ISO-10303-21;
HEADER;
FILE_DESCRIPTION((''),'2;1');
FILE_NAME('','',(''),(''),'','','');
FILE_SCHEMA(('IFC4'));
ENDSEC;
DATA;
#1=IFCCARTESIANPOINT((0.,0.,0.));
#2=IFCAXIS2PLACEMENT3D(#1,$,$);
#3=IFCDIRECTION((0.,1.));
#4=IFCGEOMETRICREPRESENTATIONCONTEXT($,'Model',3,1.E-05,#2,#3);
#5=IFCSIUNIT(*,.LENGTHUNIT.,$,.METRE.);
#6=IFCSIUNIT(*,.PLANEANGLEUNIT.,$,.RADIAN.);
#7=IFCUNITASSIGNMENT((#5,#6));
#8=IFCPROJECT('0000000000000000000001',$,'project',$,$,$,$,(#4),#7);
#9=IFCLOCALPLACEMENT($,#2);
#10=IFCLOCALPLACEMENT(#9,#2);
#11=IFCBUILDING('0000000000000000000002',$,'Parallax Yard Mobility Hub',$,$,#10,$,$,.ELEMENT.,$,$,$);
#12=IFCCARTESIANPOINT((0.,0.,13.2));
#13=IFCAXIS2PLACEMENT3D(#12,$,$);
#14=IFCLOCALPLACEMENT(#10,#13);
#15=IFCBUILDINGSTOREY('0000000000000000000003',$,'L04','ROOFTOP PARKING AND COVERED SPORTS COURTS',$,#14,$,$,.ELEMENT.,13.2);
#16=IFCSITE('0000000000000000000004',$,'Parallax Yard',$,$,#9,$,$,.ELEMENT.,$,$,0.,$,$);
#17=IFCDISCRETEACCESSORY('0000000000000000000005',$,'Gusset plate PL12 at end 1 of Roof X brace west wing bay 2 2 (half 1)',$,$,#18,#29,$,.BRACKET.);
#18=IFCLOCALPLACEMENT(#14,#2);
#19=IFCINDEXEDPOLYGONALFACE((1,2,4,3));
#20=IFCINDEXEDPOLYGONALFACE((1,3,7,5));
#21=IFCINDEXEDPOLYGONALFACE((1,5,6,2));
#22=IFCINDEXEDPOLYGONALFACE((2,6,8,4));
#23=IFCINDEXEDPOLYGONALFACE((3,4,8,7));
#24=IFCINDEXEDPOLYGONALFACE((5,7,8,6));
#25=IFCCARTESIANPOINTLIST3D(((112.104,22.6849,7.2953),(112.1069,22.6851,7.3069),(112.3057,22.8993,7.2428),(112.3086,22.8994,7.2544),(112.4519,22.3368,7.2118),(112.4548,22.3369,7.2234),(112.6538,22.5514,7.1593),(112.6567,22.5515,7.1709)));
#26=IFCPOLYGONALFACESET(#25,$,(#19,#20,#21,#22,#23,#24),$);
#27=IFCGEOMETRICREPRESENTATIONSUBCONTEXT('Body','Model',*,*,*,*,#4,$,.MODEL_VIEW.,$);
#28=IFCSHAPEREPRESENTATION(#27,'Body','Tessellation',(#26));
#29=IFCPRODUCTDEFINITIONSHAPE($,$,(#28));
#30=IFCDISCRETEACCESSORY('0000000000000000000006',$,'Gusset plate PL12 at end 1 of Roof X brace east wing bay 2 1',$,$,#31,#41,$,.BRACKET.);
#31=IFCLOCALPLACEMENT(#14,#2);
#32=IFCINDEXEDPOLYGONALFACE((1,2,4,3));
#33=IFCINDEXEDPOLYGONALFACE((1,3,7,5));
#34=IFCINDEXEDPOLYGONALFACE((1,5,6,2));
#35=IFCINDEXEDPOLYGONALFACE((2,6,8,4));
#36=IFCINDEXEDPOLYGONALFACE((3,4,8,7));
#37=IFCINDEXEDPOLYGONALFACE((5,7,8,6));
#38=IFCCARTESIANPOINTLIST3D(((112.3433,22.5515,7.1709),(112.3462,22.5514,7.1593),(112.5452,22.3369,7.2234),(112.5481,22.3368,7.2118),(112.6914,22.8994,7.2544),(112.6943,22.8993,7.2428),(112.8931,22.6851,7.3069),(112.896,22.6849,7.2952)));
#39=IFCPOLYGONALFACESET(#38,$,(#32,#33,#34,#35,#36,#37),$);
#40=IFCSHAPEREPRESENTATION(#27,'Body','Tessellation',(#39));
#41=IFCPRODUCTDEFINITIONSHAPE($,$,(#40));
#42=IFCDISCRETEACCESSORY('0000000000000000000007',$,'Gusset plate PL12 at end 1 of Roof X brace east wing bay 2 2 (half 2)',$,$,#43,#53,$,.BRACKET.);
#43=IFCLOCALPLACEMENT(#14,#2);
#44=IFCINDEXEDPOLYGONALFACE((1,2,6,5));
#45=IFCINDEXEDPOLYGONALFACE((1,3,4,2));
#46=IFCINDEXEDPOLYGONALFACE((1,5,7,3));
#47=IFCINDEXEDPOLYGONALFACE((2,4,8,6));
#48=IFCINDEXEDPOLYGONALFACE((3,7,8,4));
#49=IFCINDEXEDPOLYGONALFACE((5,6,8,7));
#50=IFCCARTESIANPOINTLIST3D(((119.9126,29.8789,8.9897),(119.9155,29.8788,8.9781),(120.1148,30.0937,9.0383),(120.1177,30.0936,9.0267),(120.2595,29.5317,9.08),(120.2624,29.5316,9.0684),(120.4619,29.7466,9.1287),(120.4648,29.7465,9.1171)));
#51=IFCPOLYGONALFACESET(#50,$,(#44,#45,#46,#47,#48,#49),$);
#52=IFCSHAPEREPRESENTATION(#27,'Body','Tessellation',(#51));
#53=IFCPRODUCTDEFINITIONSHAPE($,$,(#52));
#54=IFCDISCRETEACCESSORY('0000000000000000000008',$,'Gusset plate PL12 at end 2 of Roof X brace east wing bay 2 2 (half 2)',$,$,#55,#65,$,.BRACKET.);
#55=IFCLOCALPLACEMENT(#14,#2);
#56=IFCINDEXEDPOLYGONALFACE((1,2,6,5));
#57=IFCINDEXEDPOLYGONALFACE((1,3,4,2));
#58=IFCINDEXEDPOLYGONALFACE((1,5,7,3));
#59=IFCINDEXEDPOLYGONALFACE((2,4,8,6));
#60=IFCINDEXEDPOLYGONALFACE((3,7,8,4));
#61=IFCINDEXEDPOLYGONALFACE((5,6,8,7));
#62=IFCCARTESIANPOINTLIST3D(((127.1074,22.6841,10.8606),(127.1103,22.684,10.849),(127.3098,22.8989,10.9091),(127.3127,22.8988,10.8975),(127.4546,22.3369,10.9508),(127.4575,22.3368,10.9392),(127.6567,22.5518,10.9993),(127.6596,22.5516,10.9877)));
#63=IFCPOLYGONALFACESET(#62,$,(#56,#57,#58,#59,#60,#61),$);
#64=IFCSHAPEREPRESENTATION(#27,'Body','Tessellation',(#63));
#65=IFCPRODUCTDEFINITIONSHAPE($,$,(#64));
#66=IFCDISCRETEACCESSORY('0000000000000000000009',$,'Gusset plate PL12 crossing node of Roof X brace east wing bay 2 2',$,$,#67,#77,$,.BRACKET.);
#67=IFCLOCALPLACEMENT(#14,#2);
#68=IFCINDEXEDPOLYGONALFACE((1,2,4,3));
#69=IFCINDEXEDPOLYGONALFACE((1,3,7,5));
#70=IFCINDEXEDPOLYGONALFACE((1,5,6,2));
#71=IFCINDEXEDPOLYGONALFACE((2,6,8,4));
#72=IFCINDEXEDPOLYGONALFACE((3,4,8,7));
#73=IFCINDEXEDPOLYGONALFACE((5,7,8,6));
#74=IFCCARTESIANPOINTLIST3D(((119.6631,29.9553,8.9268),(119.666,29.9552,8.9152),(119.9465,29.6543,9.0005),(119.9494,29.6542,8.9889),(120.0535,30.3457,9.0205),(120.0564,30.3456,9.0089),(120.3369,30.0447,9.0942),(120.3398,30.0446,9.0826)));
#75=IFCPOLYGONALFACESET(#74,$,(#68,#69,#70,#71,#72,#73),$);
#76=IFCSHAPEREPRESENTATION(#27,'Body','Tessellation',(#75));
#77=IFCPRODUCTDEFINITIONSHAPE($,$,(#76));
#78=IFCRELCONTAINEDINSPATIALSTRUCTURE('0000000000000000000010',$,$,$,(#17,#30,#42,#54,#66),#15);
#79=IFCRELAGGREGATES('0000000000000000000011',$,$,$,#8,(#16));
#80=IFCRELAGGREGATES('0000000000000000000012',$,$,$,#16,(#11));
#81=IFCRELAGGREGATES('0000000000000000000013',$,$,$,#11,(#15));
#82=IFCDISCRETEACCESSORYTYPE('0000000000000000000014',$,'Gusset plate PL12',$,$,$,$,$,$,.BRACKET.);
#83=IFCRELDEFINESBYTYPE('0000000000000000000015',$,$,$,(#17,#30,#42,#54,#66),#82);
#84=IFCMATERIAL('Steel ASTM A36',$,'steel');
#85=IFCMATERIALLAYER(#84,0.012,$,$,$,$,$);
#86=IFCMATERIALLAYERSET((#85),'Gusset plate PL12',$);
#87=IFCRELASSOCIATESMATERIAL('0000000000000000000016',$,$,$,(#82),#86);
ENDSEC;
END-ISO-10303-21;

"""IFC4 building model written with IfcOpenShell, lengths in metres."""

from ifc_helpers import new_model, si_unit, direction, frame, origin, place, context, subcontext, project, spatial, polyline, outline, extrude, material, layer, layer_set, type_object, element, save


model = new_model("IFC4")

# Units and contexts
model_context = context("Model", 3, precision=1e-05, world=origin(), true_north=direction((0.0, 1.0)))
body_context = subcontext(model_context, "Body", "Model", "MODEL_VIEW")
ifc_project = project(units=[si_unit("LENGTHUNIT", "METRE"), si_unit("PLANEANGLEUNIT", "RADIAN")], contexts=[model_context])

# Site, building, storey
site_placement = place(None, origin())
site = spatial("IfcSite", under=ifc_project, at=site_placement, Name="Parallax Yard", CompositionType="ELEMENT", RefElevation=0.0)
building_placement = place(site_placement, origin())
building = spatial("IfcBuilding", under=site, at=building_placement, Name="Parallax Yard Mobility Hub", CompositionType="ELEMENT")
storey_placement = place(building_placement, frame((0.0, 0.0, 13.2)))
storey = spatial("IfcBuildingStorey", under=building, at=storey_placement, Name="L04", Description="ROOFTOP PARKING AND COVERED SPORTS COURTS", CompositionType="ELEMENT", Elevation=13.2)

# Discrete accessories
ifc_material_1 = material(Name="Steel ASTM A36", Category="steel")
ifc_layer_1 = layer(ifc_material_1, 0.012)
ifc_layer_set_1 = layer_set([ifc_layer_1], Name="Gusset plate PL12")
discrete_accessory_type = type_object("IfcDiscreteAccessoryType", Name="Gusset plate PL12", PredefinedType="BRACKET", material=ifc_layer_set_1)
discrete_accessory_1_placement = place(storey_placement, frame((112.1069, 22.6851, 7.3069), z_axis=(0.242265, 0.009508, 0.970163), x_axis=(0.696916, -0.69739, -0.167197)))
element("IfcDiscreteAccessory", 1, at=discrete_accessory_1_placement, inside=storey, type_object=discrete_accessory_type, Name="Gusset plate PL12 at end 1 of Roof X brace west wing bay 2 2 (half 1)", PredefinedType="BRACKET", context=body_context, shape_type="SweptSolid", body=[
    extrude(outline(polyline([(0.0, 0.0), (0.4992, 0.0), (0.499, 0.2993), (-0.0002, 0.2989), (0.0, 0.0)])), origin(), (0.0, 0.0, -1.0), 0.012),
])
discrete_accessory_2_placement = place(storey_placement, frame((112.6914, 22.8994, 7.2544), z_axis=(-0.242265, 0.009508, 0.970163), x_axis=(-0.697376, -0.696902, -0.167316)))
element("IfcDiscreteAccessory", 2, at=discrete_accessory_2_placement, inside=storey, type_object=discrete_accessory_type, Name="Gusset plate PL12 at end 1 of Roof X brace east wing bay 2 1", PredefinedType="BRACKET", context=body_context, shape_type="SweptSolid", body=[
    extrude(outline(polyline([(0.0, 0.0), (0.4992, 0.0), (0.4992, 0.2993), (0.0, 0.2989), (0.0, 0.0)])), origin(), (0.0, 0.0, -1.0), 0.012),
])
discrete_accessory_3_placement = place(storey_placement, frame((120.4619, 29.7466, 9.1287), z_axis=(-0.243019, 0.009451, 0.969975), x_axis=(-0.69542, 0.695434, -0.181007)))
element("IfcDiscreteAccessory", 3, at=discrete_accessory_3_placement, inside=storey, type_object=discrete_accessory_type, Name="Gusset plate PL12 at end 1 of Roof X brace east wing bay 2 2 (half 2)", PredefinedType="BRACKET", context=body_context, shape_type="SweptSolid", body=[
    extrude(outline(polyline([(0.0, 0.0), (0.4992, 0.0), (0.4992, 0.299), (0.0001, 0.2991), (0.0, 0.0)])), origin(), (0.0, 0.0, -1.0), 0.012),
])
discrete_accessory_4_placement = place(storey_placement, frame((127.1074, 22.6841, 10.8606), z_axis=(-0.242587, 0.00957, 0.970083), x_axis=(0.695424, -0.695493, 0.180764)))
element("IfcDiscreteAccessory", 4, at=discrete_accessory_4_placement, inside=storey, type_object=discrete_accessory_type, Name="Gusset plate PL12 at end 2 of Roof X brace east wing bay 2 2 (half 2)", PredefinedType="BRACKET", context=body_context, shape_type="SweptSolid", body=[
    extrude(outline(polyline([(0.0, 0.0), (0.4992, 0.0), (0.4991, 0.299), (0.0001, 0.2991), (0.0, 0.0)])), origin(), (0.0, 0.0, -1.0), 0.012),
])
discrete_accessory_5_placement = place(storey_placement, frame((119.9465, 29.6543, 9.0005), z_axis=(-0.242374, 0.009396, 0.970137), x_axis=(0.697127, 0.697127, 0.167415)))
element("IfcDiscreteAccessory", 5, at=discrete_accessory_5_placement, inside=storey, type_object=discrete_accessory_type, Name="Gusset plate PL12 crossing node of Roof X brace east wing bay 2 2", PredefinedType="BRACKET", context=body_context, shape_type="SweptSolid", body=[
    extrude(outline(polyline([(0.0, 0.0), (0.56, 0.0), (0.5599, 0.42), (-0.0001, 0.42), (0.0, 0.0)])), origin(), (0.0, 0.0, -1.0), 0.012),
])

save(model, "model.ifc")
